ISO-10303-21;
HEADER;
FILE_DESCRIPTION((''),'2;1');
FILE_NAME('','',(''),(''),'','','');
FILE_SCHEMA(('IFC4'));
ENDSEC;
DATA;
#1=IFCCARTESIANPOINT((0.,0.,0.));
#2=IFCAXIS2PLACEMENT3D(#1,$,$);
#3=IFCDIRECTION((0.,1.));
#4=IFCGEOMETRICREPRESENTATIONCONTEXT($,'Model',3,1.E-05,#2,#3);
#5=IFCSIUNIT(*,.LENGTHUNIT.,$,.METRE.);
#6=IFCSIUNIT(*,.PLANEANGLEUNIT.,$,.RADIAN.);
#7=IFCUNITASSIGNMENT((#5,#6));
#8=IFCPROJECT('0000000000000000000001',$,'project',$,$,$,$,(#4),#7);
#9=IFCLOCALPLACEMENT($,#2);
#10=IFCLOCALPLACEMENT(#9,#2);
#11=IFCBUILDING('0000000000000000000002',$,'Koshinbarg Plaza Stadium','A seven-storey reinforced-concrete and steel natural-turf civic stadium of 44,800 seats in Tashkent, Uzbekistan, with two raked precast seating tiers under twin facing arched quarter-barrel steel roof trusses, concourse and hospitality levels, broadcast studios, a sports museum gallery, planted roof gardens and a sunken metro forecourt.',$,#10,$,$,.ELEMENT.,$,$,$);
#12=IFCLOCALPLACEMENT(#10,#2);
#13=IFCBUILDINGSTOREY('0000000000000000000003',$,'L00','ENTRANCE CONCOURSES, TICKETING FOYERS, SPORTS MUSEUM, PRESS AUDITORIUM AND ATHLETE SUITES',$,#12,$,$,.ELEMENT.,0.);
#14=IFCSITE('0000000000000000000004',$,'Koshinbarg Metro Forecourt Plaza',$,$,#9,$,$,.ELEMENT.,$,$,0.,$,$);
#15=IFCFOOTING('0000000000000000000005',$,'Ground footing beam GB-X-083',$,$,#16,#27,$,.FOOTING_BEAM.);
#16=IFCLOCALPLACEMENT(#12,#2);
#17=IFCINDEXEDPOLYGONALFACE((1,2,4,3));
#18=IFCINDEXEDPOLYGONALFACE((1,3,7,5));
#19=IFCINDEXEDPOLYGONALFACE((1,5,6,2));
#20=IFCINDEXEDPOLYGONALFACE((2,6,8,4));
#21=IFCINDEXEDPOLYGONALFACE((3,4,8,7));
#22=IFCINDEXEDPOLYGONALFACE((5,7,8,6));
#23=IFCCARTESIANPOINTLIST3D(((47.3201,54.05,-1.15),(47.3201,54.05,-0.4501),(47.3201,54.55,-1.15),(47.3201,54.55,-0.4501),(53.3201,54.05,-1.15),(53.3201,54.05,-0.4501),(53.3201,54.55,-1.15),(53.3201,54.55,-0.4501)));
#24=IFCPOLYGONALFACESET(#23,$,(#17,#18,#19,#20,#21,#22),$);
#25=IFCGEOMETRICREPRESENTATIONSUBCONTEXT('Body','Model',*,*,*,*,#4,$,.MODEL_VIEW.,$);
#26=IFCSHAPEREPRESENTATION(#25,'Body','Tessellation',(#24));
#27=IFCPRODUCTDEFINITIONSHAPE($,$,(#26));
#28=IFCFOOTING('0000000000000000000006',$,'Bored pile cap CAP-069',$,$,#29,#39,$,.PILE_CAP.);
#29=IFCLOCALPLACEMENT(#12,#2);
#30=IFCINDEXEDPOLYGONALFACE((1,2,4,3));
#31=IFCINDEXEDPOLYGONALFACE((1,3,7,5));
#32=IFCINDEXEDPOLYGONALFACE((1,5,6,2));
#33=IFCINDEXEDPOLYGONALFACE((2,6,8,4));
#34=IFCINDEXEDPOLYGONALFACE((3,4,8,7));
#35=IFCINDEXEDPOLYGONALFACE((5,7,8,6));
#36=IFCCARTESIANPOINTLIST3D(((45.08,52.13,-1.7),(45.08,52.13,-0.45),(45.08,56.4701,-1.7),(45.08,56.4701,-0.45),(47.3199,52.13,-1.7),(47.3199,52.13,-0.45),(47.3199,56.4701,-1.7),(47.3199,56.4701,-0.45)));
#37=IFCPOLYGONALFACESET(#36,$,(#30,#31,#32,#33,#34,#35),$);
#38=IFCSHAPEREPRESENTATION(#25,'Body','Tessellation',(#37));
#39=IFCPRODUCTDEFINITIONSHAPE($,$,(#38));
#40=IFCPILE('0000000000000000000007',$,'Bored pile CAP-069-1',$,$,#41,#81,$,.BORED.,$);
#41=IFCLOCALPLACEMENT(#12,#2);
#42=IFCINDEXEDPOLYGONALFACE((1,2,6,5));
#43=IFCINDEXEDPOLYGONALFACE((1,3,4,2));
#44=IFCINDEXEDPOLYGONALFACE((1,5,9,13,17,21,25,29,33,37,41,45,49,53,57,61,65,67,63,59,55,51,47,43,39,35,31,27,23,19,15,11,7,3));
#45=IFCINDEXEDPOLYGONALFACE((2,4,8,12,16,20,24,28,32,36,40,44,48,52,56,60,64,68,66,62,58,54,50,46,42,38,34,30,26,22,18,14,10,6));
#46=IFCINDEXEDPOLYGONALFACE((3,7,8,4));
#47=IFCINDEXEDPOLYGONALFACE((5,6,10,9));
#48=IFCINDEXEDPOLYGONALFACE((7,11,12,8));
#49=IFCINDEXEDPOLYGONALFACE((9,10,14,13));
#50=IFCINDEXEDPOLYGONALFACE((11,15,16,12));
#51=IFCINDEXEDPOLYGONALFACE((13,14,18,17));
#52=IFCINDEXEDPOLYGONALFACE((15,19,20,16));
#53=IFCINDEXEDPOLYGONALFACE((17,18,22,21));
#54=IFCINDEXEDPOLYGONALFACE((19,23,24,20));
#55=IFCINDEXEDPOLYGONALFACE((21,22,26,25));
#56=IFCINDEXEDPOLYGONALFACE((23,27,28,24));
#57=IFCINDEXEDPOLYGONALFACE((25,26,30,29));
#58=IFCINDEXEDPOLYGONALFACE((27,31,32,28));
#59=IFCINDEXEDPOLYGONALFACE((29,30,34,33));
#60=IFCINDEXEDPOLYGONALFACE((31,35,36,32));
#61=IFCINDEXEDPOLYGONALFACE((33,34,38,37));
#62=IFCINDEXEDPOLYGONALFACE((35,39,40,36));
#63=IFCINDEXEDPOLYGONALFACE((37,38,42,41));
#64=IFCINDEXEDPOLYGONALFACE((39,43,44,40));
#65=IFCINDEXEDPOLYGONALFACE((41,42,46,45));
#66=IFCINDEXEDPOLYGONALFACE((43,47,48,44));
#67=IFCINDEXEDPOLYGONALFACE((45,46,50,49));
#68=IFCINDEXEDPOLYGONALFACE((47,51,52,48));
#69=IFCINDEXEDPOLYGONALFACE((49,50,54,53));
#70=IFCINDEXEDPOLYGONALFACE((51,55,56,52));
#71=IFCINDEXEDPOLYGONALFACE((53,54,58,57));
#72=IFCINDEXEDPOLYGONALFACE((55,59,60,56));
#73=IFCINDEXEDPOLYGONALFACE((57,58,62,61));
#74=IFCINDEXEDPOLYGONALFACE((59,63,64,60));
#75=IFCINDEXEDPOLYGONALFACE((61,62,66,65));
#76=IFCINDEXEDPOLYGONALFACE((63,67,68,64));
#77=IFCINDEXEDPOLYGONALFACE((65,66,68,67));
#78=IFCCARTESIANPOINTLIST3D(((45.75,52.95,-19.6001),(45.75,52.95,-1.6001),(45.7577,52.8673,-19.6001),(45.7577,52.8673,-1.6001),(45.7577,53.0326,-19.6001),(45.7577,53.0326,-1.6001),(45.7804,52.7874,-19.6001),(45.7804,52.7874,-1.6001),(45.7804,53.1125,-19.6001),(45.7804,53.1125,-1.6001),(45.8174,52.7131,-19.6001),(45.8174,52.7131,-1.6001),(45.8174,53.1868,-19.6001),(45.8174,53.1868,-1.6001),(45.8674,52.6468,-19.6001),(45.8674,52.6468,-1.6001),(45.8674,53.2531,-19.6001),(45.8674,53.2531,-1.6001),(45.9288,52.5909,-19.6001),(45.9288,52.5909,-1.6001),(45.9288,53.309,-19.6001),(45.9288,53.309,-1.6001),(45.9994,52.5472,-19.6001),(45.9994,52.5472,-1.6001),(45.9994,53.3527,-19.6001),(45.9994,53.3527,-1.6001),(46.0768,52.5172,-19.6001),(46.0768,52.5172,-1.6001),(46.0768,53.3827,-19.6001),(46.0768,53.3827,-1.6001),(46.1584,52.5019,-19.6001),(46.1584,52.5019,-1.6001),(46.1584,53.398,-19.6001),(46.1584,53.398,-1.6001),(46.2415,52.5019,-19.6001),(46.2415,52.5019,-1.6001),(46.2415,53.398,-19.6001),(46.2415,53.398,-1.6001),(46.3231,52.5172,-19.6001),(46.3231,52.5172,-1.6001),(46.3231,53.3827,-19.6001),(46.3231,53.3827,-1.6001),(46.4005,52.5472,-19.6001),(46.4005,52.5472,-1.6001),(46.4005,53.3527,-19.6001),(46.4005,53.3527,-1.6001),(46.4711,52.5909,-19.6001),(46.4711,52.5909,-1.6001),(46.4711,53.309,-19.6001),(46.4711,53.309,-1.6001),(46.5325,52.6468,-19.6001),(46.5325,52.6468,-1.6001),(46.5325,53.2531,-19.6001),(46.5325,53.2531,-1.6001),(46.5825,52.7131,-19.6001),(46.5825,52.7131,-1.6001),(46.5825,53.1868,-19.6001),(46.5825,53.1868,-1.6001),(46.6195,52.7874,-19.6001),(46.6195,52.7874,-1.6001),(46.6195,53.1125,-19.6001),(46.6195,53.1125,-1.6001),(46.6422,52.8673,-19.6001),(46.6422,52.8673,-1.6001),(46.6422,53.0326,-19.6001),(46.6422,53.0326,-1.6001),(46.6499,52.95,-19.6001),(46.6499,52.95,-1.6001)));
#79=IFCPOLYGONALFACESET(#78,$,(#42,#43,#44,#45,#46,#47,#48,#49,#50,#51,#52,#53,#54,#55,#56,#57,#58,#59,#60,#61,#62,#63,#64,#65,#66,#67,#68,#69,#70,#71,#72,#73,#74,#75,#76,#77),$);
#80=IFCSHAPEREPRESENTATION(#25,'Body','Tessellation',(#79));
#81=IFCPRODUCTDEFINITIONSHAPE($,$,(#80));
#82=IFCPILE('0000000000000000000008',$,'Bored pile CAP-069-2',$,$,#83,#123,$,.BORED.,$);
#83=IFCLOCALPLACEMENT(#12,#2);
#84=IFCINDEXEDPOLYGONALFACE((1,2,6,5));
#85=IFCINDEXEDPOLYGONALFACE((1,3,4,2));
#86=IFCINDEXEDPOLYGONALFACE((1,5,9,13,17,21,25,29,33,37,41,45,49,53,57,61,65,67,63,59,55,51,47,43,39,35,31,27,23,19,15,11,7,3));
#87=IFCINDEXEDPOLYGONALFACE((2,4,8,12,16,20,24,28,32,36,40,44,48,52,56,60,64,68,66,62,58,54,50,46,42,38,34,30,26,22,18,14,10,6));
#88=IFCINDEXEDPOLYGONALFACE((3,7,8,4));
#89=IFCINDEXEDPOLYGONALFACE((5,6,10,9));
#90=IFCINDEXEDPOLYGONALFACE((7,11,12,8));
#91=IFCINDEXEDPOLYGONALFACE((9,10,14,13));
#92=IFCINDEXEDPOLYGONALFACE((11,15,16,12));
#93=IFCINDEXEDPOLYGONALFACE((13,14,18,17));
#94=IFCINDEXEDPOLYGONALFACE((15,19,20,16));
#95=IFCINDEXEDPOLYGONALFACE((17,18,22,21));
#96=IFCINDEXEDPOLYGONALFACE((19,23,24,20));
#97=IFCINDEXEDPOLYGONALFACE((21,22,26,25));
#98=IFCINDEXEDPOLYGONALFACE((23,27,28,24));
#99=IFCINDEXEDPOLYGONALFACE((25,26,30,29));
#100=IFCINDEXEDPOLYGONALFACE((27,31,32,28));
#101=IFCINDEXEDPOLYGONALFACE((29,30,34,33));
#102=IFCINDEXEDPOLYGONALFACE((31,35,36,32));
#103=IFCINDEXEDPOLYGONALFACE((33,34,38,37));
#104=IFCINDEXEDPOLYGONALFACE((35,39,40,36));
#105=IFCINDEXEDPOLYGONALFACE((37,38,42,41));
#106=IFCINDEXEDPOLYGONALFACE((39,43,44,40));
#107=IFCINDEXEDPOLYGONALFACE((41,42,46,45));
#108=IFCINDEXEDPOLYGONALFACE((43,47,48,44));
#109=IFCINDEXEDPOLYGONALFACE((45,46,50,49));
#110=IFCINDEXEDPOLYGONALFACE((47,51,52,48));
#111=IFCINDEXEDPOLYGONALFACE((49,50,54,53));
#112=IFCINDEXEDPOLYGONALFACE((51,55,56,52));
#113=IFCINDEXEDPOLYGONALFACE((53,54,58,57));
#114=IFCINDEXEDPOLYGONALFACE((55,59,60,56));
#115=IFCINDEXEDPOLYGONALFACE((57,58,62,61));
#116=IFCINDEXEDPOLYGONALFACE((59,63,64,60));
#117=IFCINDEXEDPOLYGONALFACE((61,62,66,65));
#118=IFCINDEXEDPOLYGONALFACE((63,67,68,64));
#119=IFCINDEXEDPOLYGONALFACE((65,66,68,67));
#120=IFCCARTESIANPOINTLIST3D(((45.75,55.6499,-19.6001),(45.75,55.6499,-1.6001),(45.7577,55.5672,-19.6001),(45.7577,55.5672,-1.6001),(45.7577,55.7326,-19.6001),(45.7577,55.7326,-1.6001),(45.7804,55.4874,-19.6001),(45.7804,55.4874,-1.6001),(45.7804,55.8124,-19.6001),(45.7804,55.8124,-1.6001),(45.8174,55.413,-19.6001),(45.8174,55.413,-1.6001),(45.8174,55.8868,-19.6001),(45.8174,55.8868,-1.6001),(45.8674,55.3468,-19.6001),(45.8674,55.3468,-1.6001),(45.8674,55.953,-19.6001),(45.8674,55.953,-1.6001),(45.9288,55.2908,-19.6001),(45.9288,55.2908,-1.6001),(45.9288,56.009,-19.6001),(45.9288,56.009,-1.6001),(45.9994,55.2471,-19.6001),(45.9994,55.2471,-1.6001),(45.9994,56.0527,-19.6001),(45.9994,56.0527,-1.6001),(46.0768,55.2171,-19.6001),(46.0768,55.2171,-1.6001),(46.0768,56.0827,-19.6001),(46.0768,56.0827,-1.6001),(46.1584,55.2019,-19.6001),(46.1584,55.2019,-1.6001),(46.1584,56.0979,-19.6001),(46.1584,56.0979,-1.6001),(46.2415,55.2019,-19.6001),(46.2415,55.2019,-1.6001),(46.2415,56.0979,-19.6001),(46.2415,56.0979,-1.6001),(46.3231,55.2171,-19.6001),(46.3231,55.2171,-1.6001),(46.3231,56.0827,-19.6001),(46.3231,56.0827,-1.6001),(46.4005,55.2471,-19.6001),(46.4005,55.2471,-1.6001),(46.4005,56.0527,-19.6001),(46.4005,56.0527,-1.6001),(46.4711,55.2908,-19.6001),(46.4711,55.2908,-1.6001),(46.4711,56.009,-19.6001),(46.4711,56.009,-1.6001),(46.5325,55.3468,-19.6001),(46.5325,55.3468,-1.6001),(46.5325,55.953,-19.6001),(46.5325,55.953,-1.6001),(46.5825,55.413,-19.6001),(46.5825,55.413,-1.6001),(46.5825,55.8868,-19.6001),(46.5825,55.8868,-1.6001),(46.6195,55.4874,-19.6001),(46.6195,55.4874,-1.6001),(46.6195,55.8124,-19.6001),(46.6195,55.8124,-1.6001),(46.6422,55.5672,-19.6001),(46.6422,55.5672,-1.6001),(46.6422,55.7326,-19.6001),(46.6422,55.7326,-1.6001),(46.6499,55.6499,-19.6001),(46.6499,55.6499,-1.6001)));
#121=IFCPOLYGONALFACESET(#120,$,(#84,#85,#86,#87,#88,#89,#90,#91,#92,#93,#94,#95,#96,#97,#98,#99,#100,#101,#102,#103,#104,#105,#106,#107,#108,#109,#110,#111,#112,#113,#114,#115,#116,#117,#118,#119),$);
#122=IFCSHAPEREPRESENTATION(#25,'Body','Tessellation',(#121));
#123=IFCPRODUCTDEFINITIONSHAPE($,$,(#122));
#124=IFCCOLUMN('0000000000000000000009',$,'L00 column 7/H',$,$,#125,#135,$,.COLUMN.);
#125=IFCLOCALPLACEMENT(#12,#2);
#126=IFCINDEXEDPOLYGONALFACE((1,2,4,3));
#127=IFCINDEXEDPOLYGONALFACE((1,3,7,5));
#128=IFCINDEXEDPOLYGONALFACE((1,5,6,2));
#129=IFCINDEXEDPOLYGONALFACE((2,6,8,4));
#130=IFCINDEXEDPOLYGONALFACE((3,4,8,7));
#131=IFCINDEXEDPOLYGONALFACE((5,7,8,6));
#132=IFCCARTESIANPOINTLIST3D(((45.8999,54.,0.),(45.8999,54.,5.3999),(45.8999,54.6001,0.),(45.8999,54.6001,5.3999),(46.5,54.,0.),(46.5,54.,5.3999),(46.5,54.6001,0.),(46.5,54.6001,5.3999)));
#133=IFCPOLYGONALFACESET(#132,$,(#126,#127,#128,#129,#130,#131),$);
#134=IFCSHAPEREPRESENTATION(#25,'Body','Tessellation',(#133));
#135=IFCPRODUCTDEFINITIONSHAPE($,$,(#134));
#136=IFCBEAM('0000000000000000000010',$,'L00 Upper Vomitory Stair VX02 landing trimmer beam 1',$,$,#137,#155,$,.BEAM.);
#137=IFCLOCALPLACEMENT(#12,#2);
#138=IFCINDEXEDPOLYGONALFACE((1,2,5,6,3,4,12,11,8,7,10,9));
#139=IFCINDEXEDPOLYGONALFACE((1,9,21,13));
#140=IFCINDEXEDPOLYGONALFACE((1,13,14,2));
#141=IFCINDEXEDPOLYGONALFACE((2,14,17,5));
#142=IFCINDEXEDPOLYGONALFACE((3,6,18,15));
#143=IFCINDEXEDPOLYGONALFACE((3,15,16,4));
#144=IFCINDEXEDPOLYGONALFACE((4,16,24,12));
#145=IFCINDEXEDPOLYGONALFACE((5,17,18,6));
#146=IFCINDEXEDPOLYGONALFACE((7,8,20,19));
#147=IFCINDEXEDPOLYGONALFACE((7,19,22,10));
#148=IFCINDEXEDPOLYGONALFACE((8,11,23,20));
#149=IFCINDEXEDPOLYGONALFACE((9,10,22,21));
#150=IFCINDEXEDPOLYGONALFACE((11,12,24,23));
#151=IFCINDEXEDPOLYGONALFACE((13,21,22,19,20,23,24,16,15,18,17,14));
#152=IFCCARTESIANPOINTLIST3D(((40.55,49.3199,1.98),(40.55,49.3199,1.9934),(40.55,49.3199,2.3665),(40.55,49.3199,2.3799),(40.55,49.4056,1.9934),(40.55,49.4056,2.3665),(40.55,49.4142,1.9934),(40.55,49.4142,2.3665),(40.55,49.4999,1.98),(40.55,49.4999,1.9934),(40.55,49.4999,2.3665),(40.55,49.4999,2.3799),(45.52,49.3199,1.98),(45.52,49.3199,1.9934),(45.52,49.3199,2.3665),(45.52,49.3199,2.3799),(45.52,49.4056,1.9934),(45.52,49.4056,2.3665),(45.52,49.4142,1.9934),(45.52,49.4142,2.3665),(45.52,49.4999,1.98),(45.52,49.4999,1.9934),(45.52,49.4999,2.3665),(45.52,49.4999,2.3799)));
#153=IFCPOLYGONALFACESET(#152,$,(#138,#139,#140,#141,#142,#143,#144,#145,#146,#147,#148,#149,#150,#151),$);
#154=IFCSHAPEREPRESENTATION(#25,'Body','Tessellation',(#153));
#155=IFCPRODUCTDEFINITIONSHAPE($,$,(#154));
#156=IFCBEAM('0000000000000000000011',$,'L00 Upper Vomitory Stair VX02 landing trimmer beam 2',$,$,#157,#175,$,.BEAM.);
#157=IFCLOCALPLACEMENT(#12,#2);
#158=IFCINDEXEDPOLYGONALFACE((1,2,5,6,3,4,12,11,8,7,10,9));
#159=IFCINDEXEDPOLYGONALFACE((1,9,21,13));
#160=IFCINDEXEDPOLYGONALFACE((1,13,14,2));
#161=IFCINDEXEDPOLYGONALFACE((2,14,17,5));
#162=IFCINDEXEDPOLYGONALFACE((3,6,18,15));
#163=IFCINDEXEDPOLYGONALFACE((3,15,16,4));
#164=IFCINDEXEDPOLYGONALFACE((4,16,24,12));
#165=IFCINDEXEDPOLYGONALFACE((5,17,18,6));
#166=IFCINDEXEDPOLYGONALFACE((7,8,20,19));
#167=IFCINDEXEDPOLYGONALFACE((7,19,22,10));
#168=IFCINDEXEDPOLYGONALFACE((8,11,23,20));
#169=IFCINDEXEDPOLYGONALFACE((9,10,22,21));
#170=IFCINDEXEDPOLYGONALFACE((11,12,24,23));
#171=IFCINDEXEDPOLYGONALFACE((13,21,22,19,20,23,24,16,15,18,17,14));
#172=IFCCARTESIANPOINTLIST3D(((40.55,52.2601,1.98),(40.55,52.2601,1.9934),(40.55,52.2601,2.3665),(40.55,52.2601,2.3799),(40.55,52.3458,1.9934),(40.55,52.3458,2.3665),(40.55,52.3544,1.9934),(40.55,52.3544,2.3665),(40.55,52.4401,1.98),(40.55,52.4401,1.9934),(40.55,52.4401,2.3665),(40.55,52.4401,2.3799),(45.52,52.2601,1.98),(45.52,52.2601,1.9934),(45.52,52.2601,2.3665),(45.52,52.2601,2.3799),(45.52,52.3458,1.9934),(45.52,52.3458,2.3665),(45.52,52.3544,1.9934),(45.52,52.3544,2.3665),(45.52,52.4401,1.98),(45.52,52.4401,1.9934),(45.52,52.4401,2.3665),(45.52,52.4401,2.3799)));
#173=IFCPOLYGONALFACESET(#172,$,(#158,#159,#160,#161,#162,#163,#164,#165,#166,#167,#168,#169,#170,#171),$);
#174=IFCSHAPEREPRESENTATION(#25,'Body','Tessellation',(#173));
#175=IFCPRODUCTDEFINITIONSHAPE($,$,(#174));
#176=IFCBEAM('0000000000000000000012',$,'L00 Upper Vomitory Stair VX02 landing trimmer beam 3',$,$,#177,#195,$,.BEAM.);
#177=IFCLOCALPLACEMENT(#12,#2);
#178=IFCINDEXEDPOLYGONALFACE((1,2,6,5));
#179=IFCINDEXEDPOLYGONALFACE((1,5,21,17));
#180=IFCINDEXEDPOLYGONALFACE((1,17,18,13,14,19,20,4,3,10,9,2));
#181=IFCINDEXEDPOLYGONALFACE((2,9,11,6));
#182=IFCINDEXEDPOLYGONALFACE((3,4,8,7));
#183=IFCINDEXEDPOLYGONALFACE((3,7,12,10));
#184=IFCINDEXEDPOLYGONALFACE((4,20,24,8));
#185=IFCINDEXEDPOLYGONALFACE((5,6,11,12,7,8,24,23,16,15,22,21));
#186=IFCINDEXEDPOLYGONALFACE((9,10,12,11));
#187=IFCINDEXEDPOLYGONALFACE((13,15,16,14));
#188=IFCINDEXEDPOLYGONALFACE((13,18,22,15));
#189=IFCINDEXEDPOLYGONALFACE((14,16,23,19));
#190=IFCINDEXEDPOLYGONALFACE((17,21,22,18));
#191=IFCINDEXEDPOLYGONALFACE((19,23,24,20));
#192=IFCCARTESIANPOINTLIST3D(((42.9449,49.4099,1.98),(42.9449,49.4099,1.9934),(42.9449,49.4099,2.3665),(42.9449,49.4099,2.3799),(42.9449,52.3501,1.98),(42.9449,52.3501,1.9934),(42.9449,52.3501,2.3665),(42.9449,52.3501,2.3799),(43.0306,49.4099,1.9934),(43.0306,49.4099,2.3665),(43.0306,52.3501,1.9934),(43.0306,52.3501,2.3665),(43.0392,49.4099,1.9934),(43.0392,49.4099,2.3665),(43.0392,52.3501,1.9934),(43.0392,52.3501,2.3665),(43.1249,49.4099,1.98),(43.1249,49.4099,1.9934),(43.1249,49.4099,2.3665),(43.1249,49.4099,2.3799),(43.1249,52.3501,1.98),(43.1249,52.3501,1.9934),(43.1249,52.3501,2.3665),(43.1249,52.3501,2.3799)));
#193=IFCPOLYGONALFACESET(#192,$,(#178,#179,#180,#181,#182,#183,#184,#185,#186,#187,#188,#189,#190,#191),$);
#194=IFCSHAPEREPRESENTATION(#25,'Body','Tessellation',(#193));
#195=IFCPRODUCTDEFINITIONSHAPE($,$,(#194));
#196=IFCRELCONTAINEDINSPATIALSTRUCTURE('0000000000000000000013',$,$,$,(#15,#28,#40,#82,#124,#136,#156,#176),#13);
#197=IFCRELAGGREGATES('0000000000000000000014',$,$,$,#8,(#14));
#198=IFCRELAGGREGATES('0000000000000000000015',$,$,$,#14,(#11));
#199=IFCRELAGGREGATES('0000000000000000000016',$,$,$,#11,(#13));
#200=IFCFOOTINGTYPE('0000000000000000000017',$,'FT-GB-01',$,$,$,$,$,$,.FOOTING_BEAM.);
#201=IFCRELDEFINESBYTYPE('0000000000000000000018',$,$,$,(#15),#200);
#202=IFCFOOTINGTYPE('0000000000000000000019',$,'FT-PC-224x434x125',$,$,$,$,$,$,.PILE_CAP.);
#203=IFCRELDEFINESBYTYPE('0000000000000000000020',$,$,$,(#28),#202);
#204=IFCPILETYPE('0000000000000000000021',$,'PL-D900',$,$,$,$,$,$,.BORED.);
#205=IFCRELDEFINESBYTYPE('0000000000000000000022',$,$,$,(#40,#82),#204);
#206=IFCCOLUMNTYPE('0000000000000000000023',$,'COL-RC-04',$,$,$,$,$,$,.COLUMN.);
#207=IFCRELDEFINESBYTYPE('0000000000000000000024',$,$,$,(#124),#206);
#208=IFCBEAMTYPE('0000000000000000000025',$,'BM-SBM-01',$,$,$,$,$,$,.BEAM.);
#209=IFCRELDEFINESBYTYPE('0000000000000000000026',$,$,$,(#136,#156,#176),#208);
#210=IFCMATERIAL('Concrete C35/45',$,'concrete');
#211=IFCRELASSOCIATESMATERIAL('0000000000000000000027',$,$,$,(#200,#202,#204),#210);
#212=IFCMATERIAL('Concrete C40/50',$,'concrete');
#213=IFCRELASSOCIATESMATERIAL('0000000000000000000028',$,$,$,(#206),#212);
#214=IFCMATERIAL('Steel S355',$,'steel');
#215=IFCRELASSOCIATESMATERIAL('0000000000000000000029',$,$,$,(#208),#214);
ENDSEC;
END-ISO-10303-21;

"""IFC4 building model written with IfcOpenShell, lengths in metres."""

from ifc_helpers import new_model, si_unit, direction, frame, origin, origin_2d, place, context, subcontext, project, spatial, rectangle, circle, i_section, extrude, material, material_profile, profile_set, type_object, element, save


model = new_model("IFC4")

# Units and contexts
model_context = context("Model", 3, precision=1e-05, world=origin(), true_north=direction((0.0, 1.0)))
body_context = subcontext(model_context, "Body", "Model", "MODEL_VIEW")
ifc_project = project(units=[si_unit("LENGTHUNIT", "METRE"), si_unit("PLANEANGLEUNIT", "RADIAN")], contexts=[model_context])

# Site, building, storey
site_placement = place(None, origin())
site = spatial("IfcSite", under=ifc_project, at=site_placement, Name="Koshinbarg Metro Forecourt Plaza", CompositionType="ELEMENT", RefElevation=0.0)
building_placement = place(site_placement, origin())
building = spatial("IfcBuilding", under=site, at=building_placement, Name="Koshinbarg Plaza Stadium", Description="A seven-storey reinforced-concrete and steel natural-turf civic stadium of 44,800 seats in Tashkent, Uzbekistan, with two raked precast seating tiers under twin facing arched quarter-barrel steel roof trusses, concourse and hospitality levels, broadcast studios, a sports museum gallery, planted roof gardens and a sunken metro forecourt.", CompositionType="ELEMENT")
storey_placement = place(building_placement, origin())
storey = spatial("IfcBuildingStorey", under=building, at=storey_placement, Name="L00", Description="ENTRANCE CONCOURSES, TICKETING FOYERS, SPORTS MUSEUM, PRESS AUDITORIUM AND ATHLETE SUITES", CompositionType="ELEMENT", Elevation=0.0)

# Footings
ifc_material_1 = material(Name="Concrete C35/45", Category="concrete")
ifc_material_profile_1 = material_profile(ifc_material_1, rectangle(XDim=0.5, YDim=0.7, at=origin_2d()), Name="GB 500x700")
ifc_profile_set_1 = profile_set([ifc_material_profile_1], Name="Concrete C35/45")
footing_type_1 = type_object("IfcFootingType", Name="FT-GB-01", PredefinedType="FOOTING_BEAM", material=ifc_profile_set_1)
footing_1_placement = place(storey_placement, frame((47.3201, 54.3, -0.8), z_axis=(1.0, 0.0, 0.0), x_axis=(0.0, 1.0, 0.0)))
element("IfcFooting", 1, at=footing_1_placement, inside=storey, type_object=footing_type_1, Name="Ground footing beam GB-X-083", PredefinedType="FOOTING_BEAM", context=body_context, shape_type="SweptSolid", body=[
    extrude(rectangle(XDim=0.5, YDim=0.7, at=origin_2d()), origin(), (0.0, 0.0, 1.0), 6.0),
])
footing_type_2 = type_object("IfcFootingType", Name="FT-PC-224x434x125", PredefinedType="PILE_CAP", material=ifc_material_1)
footing_2_placement = place(storey_placement, frame((46.2, 54.3, -1.7), z_axis=(0.0, 0.0, 1.0), x_axis=(1.0, 0.0, 0.0)))
element("IfcFooting", 2, at=footing_2_placement, inside=storey, type_object=footing_type_2, Name="Bored pile cap CAP-069", PredefinedType="PILE_CAP", context=body_context, shape_type="SweptSolid", body=[
    extrude(rectangle(XDim=2.24, YDim=4.3401, at=origin_2d()), origin(), (0.0, 0.0, 1.0), 1.25),
])

# Piles
ifc_material_profile_2 = material_profile(ifc_material_1, circle(Radius=0.45, at=origin_2d()), Name="PILE D900")
ifc_profile_set_2 = profile_set([ifc_material_profile_2], Name="Concrete C35/45")
pile_type = type_object("IfcPileType", Name="PL-D900", PredefinedType="BORED", material=ifc_profile_set_2)
for number, where, z_axis, x_axis, name in (
    (3, (46.2, 52.95, -1.6001), (0.0, 0.0, -1.0), (1.0, 0.0, 0.0), "Bored pile CAP-069-1"),
    (4, (46.2, 55.6499, -1.6001), (0.0, 0.0, -1.0), (1.0, 0.0, 0.0), "Bored pile CAP-069-2"),
):
    element("IfcPile", number, at=place(storey_placement, frame(where, z_axis=z_axis, x_axis=x_axis)), inside=storey, type_object=pile_type, Name=name, PredefinedType="BORED", context=body_context, shape_type="SweptSolid", body=[
        extrude(circle(Radius=0.45, at=origin_2d()), origin(), (0.0, 0.0, 1.0), 18.0),
    ])

# Column
ifc_material_2 = material(Name="Concrete C40/50", Category="concrete")
ifc_material_profile_3 = material_profile(ifc_material_2, rectangle(XDim=0.6001, YDim=0.6001, at=origin_2d()), Name="RC 600x600")
ifc_profile_set_3 = profile_set([ifc_material_profile_3], Name="Concrete C40/50")
column_type = type_object("IfcColumnType", Name="COL-RC-04", PredefinedType="COLUMN", material=ifc_profile_set_3)
column_placement = place(storey_placement, frame((46.2, 54.3, 0.0), z_axis=(0.0, 0.0, 1.0), x_axis=(1.0, 0.0, 0.0)))
element("IfcColumn", 5, at=column_placement, inside=storey, type_object=column_type, Name="L00 column 7/H", PredefinedType="COLUMN", context=body_context, shape_type="SweptSolid", body=[
    extrude(rectangle(XDim=0.6001, YDim=0.6001, at=origin_2d()), origin(), (0.0, 0.0, 1.0), 5.3999),
])

# Beams
ifc_material_3 = material(Name="Steel S355", Category="steel")
ifc_material_profile_4 = material_profile(ifc_material_3, i_section(OverallWidth=0.1799, OverallDepth=0.3999, WebThickness=0.0085, FlangeThickness=0.0134, at=origin_2d()), Name="IPE 400")
ifc_profile_set_4 = profile_set([ifc_material_profile_4], Name="Steel S355")
beam_type = type_object("IfcBeamType", Name="BM-SBM-01", PredefinedType="BEAM", material=ifc_profile_set_4)
for number, where, z_axis, x_axis, name in (
    (6, (40.55, 49.4099, 2.1799), (1.0, 0.0, 0.0), (0.0, 1.0, 0.0), "L00 Upper Vomitory Stair VX02 landing trimmer beam 1"),
    (7, (40.55, 52.3501, 2.1799), (1.0, 0.0, 0.0), (0.0, 1.0, 0.0), "L00 Upper Vomitory Stair VX02 landing trimmer beam 2"),
):
    element("IfcBeam", number, at=place(storey_placement, frame(where, z_axis=z_axis, x_axis=x_axis)), inside=storey, type_object=beam_type, Name=name, PredefinedType="BEAM", context=body_context, shape_type="SweptSolid", body=[
        extrude(i_section(OverallWidth=0.1799, OverallDepth=0.3999, WebThickness=0.0085, FlangeThickness=0.0134, at=origin_2d()), origin(), (0.0, 0.0, 1.0), 4.97),
    ])
beam_placement = place(storey_placement, frame((43.0349, 49.4099, 2.1799), z_axis=(0.0, 1.0, 0.0), x_axis=(-1.0, 0.0, 0.0)))
element("IfcBeam", 8, at=beam_placement, inside=storey, type_object=beam_type, Name="L00 Upper Vomitory Stair VX02 landing trimmer beam 3", PredefinedType="BEAM", context=body_context, shape_type="SweptSolid", body=[
    extrude(i_section(OverallWidth=0.1799, OverallDepth=0.3999, WebThickness=0.0085, FlangeThickness=0.0134, at=origin_2d()), origin(), (0.0, 0.0, 1.0), 2.9402),
])

save(model, "model.ifc")
